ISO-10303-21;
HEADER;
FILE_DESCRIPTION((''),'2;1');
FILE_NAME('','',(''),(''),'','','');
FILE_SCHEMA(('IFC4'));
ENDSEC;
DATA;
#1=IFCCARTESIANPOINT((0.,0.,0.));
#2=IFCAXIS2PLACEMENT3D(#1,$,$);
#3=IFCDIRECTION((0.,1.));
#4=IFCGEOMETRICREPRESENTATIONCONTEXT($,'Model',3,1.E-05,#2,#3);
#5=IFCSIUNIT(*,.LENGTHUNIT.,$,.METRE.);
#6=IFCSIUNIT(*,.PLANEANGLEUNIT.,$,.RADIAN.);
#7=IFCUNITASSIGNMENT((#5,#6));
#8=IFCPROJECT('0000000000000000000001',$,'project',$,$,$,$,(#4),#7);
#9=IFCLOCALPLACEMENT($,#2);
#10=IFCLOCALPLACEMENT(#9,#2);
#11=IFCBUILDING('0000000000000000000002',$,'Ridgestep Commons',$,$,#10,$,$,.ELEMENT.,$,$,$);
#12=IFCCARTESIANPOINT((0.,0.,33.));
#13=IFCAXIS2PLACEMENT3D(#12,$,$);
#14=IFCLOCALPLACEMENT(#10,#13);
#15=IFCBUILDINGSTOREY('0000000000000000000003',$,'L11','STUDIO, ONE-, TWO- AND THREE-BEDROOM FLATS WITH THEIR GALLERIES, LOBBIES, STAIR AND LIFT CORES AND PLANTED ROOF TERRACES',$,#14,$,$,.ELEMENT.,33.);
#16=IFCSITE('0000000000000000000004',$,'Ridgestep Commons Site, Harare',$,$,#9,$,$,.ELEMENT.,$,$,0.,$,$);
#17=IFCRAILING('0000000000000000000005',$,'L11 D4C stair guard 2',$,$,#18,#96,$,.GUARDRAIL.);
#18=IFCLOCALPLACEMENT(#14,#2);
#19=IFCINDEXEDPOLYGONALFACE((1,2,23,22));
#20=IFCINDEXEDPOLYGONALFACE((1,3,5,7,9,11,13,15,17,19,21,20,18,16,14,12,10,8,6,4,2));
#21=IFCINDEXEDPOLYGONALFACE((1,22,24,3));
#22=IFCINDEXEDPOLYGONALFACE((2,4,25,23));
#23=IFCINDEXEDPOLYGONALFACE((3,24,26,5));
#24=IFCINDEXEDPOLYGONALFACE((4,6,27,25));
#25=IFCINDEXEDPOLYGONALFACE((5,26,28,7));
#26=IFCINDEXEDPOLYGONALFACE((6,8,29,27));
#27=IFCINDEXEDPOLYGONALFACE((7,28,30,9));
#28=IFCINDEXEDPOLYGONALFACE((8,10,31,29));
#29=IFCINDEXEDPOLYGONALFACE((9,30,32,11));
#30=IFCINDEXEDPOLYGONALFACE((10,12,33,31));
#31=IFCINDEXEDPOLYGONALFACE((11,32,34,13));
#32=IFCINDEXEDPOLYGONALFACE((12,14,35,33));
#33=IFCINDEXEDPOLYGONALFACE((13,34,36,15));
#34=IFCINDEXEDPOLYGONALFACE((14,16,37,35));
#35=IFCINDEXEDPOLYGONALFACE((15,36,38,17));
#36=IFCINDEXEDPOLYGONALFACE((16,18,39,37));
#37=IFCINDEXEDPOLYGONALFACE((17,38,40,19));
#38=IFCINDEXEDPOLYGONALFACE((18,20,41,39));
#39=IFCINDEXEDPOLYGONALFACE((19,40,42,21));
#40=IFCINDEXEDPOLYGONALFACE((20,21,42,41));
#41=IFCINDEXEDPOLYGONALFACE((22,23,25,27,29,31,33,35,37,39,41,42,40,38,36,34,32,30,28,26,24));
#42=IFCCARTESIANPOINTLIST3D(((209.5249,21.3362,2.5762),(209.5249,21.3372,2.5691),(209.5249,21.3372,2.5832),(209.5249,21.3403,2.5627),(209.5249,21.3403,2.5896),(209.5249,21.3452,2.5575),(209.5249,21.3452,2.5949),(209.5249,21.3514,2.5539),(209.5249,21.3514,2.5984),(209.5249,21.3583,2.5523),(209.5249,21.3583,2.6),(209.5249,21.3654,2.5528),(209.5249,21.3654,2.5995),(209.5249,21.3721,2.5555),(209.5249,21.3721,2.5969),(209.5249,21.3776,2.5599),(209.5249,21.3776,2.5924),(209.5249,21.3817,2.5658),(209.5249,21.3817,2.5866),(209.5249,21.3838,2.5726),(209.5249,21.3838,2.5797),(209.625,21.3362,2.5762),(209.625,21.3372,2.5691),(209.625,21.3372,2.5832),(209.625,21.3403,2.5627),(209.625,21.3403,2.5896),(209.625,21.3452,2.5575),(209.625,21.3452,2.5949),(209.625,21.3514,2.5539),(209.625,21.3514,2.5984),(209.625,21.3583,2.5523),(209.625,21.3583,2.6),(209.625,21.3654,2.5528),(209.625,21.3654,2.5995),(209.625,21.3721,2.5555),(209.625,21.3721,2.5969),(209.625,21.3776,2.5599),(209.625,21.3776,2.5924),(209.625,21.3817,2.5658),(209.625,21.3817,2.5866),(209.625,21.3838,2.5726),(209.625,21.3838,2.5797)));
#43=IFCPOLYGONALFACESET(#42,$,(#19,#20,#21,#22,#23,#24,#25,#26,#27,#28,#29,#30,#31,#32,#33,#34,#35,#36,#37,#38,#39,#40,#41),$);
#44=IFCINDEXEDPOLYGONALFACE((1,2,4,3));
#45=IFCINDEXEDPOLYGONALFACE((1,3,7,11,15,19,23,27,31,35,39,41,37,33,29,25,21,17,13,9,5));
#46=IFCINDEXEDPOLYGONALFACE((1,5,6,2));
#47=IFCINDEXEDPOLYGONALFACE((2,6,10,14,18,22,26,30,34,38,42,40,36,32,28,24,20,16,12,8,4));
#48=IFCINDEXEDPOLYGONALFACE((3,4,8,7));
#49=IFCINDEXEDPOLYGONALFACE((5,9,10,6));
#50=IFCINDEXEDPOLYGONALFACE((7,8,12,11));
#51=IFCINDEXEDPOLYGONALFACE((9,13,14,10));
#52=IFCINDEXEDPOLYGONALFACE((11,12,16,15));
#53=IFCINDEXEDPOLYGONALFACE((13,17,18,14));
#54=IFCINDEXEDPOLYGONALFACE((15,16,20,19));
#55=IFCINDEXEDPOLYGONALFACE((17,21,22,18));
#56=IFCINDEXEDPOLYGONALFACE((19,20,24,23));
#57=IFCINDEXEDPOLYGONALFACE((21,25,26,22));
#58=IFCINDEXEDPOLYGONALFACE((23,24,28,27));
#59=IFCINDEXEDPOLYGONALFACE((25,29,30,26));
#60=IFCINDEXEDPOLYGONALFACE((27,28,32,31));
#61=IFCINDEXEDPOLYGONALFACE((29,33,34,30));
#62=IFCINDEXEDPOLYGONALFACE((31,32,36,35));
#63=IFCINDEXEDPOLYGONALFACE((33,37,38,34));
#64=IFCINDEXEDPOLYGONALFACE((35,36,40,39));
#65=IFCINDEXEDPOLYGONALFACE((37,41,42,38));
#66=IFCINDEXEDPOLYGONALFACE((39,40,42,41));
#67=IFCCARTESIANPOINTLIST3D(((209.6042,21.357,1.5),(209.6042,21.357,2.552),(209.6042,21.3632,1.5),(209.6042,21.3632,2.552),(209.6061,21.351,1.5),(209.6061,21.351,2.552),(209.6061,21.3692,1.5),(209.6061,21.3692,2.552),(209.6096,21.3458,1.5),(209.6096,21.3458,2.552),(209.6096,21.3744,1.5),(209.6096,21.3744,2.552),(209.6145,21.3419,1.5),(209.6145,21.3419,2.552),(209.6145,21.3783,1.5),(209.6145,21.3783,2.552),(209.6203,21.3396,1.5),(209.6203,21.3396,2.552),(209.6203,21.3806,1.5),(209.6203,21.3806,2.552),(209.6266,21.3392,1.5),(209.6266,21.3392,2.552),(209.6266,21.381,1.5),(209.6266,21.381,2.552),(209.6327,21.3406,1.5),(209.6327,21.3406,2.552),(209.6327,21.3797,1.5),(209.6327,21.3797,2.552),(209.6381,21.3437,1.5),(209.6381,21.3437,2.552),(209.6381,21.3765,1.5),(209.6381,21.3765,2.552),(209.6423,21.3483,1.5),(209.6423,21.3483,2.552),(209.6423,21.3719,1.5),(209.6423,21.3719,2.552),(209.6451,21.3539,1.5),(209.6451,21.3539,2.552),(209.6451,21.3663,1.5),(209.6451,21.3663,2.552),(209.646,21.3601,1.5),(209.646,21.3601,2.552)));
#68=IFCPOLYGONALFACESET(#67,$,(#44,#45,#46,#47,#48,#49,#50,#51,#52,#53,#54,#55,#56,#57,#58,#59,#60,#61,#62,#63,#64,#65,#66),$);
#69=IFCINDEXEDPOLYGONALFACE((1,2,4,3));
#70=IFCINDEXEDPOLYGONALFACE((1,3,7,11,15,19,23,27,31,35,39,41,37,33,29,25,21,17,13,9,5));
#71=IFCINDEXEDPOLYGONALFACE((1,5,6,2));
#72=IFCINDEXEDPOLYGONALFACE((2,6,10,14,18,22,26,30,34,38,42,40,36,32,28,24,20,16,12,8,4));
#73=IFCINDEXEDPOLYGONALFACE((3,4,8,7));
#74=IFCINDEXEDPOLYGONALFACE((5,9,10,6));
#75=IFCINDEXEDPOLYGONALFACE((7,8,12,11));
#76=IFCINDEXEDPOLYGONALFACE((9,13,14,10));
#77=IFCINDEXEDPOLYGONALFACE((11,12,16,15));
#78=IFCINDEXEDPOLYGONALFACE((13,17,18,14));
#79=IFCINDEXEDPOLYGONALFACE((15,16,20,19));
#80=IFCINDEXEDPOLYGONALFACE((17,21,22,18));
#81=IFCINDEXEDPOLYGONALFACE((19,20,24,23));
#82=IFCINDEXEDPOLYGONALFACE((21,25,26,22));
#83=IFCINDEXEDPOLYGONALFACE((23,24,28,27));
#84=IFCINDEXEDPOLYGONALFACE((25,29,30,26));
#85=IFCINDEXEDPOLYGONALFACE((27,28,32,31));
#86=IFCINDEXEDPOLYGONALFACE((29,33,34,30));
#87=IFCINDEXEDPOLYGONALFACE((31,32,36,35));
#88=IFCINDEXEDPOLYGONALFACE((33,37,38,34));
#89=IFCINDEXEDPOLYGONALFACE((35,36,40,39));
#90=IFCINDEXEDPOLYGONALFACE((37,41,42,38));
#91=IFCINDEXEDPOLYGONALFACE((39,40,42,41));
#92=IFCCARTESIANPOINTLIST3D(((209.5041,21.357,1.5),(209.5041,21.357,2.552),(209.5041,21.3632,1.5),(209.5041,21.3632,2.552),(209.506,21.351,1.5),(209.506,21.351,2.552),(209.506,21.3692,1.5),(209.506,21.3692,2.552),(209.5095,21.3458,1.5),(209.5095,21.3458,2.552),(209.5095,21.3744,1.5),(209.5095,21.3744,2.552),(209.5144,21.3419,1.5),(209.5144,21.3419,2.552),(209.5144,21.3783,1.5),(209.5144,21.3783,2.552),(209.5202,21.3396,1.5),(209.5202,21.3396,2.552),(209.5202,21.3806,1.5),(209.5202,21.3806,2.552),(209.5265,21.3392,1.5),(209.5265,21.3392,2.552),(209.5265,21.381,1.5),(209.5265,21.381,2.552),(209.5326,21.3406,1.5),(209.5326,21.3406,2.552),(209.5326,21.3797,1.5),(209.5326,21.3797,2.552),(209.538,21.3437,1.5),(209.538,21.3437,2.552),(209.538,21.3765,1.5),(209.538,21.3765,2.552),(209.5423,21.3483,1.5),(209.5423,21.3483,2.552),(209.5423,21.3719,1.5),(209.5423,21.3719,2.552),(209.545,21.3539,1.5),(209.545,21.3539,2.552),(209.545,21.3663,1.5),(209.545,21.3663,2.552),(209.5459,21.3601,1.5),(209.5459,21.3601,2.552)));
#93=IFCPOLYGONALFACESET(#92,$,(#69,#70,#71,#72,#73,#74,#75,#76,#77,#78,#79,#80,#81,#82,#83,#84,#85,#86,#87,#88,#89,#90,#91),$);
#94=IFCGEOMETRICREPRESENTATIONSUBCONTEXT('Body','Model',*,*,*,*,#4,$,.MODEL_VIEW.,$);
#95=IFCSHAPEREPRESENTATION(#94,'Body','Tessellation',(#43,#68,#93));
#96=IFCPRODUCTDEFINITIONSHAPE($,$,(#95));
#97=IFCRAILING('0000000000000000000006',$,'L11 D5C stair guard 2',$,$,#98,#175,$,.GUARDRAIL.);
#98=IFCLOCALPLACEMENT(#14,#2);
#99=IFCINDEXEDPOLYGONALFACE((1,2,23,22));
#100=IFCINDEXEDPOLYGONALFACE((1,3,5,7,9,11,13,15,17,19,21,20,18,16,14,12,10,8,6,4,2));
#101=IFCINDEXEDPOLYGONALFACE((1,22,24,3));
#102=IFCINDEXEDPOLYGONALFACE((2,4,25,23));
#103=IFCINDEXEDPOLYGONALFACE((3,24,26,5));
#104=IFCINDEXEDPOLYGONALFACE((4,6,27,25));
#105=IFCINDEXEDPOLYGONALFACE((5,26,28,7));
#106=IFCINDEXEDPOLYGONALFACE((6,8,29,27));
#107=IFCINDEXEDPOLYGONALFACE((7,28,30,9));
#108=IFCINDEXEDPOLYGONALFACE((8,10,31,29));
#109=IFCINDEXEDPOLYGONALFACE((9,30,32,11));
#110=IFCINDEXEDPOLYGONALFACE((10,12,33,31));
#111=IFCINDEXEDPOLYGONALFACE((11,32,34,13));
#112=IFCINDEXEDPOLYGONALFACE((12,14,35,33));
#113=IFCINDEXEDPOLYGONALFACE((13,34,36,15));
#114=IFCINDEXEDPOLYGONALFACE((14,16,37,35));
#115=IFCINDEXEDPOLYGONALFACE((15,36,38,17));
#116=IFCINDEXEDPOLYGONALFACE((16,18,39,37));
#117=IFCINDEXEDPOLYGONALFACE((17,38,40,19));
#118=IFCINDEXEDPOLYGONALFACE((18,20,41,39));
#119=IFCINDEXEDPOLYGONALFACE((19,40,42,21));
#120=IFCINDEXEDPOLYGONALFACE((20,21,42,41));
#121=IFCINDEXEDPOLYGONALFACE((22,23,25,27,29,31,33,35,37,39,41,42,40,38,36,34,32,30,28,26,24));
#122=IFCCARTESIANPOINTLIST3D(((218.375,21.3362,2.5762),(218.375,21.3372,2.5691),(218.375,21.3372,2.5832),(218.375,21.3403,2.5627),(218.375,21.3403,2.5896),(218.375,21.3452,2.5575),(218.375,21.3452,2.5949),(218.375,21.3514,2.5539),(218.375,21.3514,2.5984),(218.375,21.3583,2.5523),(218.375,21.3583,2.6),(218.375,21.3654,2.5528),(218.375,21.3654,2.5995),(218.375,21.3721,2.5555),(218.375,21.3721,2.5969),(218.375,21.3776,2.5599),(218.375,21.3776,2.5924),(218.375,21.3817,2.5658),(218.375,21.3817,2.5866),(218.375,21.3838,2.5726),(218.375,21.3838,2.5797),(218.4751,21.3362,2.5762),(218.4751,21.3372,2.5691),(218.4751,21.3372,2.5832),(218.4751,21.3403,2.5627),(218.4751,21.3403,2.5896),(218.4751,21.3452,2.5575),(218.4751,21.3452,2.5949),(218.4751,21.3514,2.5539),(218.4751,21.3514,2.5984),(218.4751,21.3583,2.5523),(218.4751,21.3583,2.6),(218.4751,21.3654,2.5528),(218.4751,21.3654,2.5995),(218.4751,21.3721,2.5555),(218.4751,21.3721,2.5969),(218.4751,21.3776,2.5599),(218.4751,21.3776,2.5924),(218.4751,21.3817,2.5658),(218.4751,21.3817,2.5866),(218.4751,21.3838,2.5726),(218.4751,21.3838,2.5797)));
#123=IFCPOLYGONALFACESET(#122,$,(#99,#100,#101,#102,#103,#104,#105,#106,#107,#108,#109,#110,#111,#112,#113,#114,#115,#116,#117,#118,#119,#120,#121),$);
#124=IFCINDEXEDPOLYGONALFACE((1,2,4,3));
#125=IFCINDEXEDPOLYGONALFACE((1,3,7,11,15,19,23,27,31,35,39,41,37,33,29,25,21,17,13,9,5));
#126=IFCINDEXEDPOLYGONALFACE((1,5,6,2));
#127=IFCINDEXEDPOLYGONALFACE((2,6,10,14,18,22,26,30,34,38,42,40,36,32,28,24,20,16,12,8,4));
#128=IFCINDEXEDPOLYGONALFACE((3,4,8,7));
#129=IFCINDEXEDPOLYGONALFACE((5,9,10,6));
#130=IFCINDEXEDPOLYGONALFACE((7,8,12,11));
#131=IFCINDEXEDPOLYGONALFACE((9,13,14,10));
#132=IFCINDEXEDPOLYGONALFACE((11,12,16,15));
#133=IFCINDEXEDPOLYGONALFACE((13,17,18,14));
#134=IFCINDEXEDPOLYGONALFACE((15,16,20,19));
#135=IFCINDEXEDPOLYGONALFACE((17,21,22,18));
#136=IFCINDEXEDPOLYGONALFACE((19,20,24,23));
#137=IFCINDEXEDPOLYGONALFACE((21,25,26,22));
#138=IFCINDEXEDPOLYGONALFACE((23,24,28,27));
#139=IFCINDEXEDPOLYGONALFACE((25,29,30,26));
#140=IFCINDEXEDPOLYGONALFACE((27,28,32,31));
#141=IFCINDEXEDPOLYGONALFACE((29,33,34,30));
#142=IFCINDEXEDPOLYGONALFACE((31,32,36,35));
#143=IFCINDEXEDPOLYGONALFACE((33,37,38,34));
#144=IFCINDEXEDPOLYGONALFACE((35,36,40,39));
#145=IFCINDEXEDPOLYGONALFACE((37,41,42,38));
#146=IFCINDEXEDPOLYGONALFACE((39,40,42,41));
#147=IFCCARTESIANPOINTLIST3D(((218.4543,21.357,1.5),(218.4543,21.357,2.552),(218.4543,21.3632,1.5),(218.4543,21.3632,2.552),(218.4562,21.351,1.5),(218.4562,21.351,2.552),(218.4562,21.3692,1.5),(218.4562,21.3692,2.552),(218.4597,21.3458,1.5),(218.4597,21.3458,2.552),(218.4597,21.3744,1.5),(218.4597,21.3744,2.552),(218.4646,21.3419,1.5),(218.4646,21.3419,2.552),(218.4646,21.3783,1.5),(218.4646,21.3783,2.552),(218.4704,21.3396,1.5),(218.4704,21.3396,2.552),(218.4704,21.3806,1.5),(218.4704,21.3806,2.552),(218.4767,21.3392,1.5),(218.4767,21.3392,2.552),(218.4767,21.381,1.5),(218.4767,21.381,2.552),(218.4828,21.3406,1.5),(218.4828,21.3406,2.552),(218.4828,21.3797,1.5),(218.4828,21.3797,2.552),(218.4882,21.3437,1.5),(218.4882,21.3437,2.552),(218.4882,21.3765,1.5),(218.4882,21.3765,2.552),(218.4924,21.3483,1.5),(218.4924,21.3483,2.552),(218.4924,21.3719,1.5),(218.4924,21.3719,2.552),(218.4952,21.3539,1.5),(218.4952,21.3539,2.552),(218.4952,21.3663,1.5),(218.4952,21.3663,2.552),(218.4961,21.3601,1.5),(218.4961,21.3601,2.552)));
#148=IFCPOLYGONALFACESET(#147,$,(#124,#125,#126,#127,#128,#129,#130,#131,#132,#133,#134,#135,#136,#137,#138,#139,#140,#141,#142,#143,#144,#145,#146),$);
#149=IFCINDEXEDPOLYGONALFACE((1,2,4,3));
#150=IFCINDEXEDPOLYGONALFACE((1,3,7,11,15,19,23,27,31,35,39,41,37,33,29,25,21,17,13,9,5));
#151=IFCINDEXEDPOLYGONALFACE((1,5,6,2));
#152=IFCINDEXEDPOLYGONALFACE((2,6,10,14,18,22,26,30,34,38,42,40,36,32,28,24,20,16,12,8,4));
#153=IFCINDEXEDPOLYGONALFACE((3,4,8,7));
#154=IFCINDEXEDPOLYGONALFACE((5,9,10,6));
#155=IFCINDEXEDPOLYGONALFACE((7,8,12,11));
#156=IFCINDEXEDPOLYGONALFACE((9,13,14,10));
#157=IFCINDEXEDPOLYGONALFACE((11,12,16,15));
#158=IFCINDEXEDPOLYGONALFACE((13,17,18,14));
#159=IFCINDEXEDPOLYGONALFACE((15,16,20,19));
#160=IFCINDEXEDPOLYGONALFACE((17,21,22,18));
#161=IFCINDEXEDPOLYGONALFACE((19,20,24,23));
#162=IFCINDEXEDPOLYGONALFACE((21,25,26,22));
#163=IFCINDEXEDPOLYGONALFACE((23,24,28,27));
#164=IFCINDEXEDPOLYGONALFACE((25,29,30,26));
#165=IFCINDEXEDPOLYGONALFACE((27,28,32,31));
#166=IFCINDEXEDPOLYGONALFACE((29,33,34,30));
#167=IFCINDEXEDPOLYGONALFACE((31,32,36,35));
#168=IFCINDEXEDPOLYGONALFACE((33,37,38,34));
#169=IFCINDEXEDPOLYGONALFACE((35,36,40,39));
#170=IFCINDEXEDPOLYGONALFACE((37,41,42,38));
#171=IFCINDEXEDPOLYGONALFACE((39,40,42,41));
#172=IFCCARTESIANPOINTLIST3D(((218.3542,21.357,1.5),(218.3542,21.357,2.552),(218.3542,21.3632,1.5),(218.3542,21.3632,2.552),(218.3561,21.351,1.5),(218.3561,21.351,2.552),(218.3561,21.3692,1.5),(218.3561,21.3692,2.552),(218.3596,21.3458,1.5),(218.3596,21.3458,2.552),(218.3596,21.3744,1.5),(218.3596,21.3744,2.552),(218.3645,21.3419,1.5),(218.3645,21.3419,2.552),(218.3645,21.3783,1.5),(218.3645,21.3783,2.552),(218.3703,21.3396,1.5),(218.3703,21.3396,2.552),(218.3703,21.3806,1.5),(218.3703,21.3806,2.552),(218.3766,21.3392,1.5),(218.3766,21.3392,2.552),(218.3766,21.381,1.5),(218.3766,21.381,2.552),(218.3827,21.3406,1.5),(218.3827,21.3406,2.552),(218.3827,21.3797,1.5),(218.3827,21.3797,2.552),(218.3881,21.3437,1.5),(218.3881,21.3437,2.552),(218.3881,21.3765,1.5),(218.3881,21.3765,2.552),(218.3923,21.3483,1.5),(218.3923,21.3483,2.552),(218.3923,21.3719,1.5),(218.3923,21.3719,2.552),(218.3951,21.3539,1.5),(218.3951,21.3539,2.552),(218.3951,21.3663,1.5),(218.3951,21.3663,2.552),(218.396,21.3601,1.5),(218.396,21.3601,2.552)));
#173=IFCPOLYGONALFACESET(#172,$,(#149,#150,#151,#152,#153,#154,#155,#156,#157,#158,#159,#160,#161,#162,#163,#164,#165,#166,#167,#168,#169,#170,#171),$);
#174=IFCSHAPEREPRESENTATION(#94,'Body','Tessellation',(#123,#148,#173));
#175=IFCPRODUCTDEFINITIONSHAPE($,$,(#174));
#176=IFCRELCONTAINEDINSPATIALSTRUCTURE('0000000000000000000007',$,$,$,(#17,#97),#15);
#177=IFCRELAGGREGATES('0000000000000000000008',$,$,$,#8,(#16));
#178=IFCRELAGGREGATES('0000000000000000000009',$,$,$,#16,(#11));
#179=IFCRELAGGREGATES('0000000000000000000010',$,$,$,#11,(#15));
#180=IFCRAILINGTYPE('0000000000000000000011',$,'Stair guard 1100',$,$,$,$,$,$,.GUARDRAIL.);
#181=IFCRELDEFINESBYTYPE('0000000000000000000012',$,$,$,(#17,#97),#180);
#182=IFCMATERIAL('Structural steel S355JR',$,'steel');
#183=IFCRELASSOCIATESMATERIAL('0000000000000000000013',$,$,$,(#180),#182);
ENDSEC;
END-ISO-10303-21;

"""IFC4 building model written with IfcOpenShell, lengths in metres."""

from ifc_helpers import new_model, si_unit, direction, frame, origin, origin_2d, place, context, subcontext, project, spatial, circle, extrude, material, type_object, element, save


model = new_model("IFC4")

# Units and contexts
model_context = context("Model", 3, precision=1e-05, world=origin(), true_north=direction((0.0, 1.0)))
body_context = subcontext(model_context, "Body", "Model", "MODEL_VIEW")
ifc_project = project(units=[si_unit("LENGTHUNIT", "METRE"), si_unit("PLANEANGLEUNIT", "RADIAN")], contexts=[model_context])

# Site, building, storey
site_placement = place(None, origin())
site = spatial("IfcSite", under=ifc_project, at=site_placement, Name="Ridgestep Commons Site, Harare", CompositionType="ELEMENT", RefElevation=0.0)
building_placement = place(site_placement, origin())
building = spatial("IfcBuilding", under=site, at=building_placement, Name="Ridgestep Commons", CompositionType="ELEMENT")
storey_placement = place(building_placement, frame((0.0, 0.0, 33.0)))
storey = spatial("IfcBuildingStorey", under=building, at=storey_placement, Name="L11", Description="STUDIO, ONE-, TWO- AND THREE-BEDROOM FLATS WITH THEIR GALLERIES, LOBBIES, STAIR AND LIFT CORES AND PLANTED ROOF TERRACES", CompositionType="ELEMENT", Elevation=33.0)

# Railings
ifc_material_1 = material(Name="Structural steel S355JR", Category="steel")
railing_type_1 = type_object("IfcRailingType", Name="Stair guard 1100", PredefinedType="GUARDRAIL", material=ifc_material_1)
for number, where, name in (
    (1, (209.625, 21.3601, 1.5), "L11 D4C stair guard 2"),
    (2, (218.4751, 21.3601, 1.5), "L11 D5C stair guard 2"),
):
    element("IfcRailing", number, at=place(storey_placement, frame(where)), inside=storey, type_object=railing_type_1, Name=name, PredefinedType="GUARDRAIL", context=body_context, shape_type="SweptSolid", body=[
        extrude(circle(Radius=0.0239, at=origin_2d()), frame((0.0, 0.0, 1.0762), z_axis=(-1.0, 0.0, 0.0), x_axis=(0.0, -1.0, 0.0)), (0.0, 0.0, 1.0), 0.1001),
        extrude(circle(Radius=0.021, at=origin_2d()), origin(), (0.0, 0.0, 1.0), 1.052),
        extrude(circle(Radius=0.021, at=origin_2d()), frame((-0.1001, 0.0, 0.0)), (0.0, 0.0, 1.0), 1.052),
    ])

save(model, "model.ifc")
